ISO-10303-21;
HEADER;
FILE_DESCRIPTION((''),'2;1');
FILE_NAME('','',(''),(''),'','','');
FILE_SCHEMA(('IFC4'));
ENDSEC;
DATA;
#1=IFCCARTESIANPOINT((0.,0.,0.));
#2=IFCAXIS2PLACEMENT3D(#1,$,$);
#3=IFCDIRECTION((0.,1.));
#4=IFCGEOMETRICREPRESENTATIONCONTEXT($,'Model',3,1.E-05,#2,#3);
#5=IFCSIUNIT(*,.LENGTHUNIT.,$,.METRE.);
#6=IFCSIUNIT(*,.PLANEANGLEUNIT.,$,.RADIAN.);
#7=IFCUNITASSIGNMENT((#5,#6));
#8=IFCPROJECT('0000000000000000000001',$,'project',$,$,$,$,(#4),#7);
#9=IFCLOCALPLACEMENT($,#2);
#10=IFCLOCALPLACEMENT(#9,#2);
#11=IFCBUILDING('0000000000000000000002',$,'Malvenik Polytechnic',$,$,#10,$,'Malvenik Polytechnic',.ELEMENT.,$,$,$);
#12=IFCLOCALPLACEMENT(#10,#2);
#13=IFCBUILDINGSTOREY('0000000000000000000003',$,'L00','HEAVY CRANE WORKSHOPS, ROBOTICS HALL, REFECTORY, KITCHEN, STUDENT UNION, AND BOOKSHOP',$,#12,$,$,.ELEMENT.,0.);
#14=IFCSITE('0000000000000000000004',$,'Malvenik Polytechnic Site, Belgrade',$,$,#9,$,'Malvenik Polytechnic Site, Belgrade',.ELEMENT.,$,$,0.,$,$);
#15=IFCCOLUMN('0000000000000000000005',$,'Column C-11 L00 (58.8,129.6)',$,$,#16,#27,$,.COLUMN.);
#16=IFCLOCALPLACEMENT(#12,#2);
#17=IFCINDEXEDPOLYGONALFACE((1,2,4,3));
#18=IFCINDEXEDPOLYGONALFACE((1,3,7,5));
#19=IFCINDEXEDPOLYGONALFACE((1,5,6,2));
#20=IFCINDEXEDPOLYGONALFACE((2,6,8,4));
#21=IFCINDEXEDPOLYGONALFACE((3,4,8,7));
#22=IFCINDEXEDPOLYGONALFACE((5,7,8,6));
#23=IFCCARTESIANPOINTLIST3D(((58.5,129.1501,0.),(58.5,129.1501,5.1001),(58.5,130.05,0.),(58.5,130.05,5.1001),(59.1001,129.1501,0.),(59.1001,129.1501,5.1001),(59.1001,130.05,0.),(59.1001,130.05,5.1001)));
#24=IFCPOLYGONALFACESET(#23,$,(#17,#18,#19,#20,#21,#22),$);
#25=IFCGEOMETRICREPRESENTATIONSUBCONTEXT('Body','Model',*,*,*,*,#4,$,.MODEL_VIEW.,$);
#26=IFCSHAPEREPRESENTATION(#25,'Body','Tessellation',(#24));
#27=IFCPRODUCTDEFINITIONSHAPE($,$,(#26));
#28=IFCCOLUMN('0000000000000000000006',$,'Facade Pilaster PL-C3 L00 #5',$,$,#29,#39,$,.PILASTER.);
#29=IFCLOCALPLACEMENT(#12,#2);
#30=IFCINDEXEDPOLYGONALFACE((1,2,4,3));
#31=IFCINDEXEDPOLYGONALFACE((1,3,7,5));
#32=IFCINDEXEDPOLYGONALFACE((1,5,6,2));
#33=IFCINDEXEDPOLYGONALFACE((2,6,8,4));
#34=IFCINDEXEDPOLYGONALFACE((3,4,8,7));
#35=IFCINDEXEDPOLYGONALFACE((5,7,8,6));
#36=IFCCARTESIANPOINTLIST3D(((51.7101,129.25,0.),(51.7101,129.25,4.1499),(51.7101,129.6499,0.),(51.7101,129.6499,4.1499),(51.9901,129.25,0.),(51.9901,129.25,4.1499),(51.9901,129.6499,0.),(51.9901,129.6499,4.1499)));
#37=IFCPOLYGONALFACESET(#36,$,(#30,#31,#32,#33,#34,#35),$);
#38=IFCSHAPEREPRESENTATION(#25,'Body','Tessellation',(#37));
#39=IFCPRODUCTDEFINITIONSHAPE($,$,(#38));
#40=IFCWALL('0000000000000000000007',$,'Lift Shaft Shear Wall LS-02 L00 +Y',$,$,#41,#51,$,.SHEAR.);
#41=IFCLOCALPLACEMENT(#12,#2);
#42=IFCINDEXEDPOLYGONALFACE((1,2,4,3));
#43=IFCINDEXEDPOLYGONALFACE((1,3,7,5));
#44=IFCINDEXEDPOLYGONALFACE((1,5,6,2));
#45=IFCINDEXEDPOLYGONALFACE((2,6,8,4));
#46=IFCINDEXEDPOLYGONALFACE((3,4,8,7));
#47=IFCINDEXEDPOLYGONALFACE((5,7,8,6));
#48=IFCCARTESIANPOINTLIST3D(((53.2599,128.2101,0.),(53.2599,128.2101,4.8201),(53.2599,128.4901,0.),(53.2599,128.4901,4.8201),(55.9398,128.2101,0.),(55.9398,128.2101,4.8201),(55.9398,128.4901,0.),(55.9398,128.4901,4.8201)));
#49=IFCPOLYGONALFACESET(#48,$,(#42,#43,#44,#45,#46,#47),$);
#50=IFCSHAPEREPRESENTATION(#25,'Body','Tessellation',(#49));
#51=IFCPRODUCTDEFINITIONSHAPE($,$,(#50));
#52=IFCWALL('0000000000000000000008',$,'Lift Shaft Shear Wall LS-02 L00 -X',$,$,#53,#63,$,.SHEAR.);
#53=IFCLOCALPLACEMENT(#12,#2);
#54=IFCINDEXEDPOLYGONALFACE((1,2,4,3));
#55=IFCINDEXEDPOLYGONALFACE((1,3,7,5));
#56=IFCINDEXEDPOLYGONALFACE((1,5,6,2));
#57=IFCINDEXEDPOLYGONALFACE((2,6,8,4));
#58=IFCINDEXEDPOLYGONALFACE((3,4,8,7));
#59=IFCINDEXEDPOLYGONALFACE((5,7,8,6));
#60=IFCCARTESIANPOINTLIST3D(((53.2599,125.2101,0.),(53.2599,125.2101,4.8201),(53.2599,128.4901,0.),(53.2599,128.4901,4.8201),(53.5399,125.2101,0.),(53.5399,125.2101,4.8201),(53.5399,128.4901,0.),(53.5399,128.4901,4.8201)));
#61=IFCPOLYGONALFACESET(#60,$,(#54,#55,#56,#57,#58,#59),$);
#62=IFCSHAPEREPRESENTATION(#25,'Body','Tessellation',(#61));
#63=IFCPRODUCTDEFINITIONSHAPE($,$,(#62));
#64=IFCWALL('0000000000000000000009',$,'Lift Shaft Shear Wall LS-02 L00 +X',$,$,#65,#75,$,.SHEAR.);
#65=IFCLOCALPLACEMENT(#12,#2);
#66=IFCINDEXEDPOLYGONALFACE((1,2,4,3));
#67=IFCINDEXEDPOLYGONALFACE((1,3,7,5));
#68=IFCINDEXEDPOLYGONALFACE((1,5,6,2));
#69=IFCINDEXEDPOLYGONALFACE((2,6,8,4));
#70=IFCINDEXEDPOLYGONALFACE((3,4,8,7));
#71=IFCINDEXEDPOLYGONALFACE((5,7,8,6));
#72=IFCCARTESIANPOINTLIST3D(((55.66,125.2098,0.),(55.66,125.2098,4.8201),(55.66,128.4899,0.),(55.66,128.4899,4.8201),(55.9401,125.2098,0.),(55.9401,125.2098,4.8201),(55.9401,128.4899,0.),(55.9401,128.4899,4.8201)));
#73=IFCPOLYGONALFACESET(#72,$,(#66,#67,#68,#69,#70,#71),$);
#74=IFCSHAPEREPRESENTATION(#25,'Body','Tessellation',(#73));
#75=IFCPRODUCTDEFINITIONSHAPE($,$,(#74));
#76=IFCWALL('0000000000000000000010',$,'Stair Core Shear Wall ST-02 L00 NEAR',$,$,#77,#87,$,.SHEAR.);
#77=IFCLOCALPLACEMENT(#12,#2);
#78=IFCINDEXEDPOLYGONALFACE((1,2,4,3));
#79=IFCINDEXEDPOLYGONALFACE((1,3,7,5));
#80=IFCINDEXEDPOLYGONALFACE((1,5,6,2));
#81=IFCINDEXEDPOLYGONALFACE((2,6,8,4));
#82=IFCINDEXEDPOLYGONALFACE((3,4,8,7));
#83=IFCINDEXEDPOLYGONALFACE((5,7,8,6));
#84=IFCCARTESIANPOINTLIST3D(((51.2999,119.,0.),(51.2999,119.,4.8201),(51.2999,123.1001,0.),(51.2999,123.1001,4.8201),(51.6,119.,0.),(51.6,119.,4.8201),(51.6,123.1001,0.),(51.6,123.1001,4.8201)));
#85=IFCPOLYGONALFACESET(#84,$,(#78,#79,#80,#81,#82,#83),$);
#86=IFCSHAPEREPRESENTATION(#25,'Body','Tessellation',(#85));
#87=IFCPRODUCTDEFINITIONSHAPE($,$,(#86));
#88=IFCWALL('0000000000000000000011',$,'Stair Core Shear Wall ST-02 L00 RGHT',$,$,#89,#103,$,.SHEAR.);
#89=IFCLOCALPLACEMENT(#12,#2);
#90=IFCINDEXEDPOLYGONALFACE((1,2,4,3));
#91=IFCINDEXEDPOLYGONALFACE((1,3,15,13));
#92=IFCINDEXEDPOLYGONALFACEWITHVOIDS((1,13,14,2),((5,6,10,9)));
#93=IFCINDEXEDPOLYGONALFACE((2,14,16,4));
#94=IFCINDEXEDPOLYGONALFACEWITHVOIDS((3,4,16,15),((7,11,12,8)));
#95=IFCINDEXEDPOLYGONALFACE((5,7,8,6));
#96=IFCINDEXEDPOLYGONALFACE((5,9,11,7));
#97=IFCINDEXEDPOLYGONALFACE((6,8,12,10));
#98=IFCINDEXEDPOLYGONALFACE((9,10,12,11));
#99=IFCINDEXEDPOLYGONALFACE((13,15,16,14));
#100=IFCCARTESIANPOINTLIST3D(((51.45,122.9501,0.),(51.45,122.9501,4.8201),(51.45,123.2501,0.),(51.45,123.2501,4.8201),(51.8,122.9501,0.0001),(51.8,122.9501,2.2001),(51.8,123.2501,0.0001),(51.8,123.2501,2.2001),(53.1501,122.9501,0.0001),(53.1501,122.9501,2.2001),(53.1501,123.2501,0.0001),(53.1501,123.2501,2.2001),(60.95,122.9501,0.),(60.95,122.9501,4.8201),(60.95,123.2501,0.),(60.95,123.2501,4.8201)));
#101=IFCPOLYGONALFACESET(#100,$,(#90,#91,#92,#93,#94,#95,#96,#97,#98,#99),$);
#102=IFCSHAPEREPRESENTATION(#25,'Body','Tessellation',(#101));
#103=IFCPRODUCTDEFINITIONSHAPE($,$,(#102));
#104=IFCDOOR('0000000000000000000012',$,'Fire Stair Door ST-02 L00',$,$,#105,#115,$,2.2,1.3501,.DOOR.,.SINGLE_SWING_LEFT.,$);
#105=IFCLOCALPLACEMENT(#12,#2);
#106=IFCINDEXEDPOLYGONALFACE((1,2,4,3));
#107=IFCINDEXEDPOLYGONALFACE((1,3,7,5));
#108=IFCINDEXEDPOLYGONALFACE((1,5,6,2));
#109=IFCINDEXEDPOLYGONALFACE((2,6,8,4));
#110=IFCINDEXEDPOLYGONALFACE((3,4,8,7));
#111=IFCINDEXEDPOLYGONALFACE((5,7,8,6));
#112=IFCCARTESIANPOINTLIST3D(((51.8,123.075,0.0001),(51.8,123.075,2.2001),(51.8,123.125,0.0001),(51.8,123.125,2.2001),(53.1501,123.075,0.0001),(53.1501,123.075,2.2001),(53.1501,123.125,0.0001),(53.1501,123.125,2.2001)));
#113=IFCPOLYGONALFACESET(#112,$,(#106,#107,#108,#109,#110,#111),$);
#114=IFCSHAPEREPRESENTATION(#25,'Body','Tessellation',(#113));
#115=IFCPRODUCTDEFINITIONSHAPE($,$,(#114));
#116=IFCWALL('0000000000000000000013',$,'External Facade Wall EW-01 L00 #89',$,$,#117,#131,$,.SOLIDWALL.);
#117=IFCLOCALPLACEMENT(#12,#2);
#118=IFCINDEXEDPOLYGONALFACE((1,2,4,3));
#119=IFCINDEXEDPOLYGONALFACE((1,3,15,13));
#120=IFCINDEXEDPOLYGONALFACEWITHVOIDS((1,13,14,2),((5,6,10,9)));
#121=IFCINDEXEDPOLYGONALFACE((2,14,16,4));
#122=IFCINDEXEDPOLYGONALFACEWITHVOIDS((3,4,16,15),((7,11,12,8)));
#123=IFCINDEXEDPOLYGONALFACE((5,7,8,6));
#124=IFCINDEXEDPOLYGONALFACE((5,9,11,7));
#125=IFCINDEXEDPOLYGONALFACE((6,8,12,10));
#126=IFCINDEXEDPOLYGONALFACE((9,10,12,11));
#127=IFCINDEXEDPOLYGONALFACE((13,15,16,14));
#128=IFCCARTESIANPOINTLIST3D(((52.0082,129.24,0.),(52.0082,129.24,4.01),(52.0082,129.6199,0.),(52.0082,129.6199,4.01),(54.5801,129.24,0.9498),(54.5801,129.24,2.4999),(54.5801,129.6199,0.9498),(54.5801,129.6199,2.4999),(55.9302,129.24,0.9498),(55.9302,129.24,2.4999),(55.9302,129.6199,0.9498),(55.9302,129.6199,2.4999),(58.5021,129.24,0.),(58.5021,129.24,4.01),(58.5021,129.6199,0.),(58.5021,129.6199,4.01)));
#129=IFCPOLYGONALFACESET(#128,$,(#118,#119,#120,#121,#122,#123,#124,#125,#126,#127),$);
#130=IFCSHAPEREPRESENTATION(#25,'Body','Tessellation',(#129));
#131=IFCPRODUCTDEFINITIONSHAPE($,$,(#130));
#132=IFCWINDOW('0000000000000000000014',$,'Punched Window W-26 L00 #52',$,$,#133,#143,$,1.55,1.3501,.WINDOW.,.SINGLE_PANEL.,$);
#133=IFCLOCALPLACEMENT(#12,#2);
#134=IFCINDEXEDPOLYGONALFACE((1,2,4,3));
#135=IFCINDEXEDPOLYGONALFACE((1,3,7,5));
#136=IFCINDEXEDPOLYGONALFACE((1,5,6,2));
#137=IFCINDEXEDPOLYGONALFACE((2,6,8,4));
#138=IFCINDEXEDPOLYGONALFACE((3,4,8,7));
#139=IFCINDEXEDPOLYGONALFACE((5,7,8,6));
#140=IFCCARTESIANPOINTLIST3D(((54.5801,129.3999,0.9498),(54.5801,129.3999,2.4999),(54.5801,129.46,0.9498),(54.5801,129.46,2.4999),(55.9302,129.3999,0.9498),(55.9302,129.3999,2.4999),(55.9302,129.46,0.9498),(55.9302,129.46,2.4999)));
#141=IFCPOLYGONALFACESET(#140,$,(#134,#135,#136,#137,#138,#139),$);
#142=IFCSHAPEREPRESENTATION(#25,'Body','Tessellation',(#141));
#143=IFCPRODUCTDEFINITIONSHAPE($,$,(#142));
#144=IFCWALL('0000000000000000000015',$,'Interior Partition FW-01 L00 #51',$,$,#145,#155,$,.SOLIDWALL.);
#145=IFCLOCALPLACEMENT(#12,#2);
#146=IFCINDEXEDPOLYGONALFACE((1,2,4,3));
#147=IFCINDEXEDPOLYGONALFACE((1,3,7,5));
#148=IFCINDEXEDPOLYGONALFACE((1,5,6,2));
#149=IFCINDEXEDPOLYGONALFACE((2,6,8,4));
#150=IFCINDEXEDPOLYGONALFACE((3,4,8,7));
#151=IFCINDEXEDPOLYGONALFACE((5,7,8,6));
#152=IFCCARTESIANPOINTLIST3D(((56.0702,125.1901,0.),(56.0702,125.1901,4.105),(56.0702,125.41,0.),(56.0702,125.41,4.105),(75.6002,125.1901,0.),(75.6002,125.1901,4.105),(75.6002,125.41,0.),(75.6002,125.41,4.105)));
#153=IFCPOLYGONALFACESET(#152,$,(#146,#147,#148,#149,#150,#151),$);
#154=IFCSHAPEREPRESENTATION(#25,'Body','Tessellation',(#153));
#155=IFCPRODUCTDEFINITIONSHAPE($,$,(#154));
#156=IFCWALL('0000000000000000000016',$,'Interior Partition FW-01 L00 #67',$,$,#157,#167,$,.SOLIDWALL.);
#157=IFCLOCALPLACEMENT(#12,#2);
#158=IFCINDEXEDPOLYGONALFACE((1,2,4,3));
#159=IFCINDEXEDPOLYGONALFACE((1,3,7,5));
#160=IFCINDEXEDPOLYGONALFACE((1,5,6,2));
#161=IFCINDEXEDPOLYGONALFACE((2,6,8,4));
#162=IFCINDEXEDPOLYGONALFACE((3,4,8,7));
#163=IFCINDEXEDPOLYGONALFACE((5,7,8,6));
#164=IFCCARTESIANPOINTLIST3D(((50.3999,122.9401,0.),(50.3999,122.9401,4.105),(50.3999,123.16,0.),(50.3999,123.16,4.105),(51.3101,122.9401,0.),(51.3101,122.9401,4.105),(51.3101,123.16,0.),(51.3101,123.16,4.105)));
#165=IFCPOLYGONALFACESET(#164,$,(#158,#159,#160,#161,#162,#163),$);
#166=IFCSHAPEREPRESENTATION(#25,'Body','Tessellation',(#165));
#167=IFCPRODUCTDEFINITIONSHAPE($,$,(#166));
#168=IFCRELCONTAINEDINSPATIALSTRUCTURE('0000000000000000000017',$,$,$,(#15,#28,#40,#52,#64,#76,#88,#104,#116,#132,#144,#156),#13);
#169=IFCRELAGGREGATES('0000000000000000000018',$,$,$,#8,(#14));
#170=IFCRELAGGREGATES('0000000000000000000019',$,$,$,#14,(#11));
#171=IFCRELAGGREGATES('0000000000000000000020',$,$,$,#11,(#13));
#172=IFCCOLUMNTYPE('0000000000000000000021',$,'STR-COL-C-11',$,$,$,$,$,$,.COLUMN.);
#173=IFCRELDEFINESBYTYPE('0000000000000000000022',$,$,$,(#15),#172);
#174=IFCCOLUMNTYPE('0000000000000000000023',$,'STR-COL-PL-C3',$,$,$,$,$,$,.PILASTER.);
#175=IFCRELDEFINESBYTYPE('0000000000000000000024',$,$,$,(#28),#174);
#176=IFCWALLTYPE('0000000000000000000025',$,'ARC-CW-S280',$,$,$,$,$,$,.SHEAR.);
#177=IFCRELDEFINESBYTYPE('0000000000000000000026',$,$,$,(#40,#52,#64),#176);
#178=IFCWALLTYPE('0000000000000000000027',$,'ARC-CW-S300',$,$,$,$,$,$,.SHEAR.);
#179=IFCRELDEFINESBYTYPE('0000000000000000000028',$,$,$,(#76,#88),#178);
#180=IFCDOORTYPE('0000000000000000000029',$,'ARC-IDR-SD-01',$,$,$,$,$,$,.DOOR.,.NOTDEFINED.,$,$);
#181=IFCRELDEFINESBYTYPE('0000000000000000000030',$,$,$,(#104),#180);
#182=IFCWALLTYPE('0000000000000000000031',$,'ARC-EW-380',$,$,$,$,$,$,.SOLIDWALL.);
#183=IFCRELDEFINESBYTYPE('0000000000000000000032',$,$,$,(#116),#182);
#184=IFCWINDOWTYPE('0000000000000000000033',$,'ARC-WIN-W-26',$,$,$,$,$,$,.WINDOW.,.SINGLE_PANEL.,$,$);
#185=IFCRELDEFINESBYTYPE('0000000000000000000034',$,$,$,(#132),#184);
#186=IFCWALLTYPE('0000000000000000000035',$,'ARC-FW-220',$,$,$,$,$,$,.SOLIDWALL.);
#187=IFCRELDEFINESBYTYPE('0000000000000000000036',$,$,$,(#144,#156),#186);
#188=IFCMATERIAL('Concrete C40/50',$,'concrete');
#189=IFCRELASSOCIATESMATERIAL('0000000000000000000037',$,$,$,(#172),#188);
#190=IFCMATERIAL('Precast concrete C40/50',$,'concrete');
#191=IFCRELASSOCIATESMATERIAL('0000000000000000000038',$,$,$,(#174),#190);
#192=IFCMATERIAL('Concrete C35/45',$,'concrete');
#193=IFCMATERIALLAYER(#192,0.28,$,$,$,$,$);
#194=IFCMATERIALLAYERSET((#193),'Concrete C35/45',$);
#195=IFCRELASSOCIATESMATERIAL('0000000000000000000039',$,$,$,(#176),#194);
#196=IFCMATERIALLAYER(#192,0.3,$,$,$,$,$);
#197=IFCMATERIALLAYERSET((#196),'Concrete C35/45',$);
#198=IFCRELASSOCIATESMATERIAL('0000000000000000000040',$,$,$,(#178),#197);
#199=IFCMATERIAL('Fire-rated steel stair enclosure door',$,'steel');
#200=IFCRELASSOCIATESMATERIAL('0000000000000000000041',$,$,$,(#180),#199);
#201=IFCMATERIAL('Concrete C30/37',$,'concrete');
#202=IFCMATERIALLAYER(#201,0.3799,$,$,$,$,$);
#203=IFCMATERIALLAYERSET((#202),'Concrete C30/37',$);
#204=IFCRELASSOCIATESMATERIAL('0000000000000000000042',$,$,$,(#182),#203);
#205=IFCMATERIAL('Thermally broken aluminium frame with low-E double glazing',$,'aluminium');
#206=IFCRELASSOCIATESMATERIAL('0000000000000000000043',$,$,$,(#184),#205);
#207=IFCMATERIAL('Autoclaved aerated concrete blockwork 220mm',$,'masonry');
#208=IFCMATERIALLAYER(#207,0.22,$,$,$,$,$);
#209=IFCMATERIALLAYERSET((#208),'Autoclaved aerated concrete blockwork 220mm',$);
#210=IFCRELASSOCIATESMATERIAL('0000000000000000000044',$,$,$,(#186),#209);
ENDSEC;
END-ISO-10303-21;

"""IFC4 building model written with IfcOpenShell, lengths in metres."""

from ifc_helpers import new_model, si_unit, direction, frame, frame_2d, origin, origin_2d, place, context, subcontext, project, spatial, rectangle, extrude, material, layer, layer_set, material_profile, profile_set, type_object, element, fill, save


model = new_model("IFC4")

# Units and contexts
model_context = context("Model", 3, precision=1e-05, world=origin(), true_north=direction((0.0, 1.0)))
body_context = subcontext(model_context, "Body", "Model", "MODEL_VIEW")
ifc_project = project(units=[si_unit("LENGTHUNIT", "METRE"), si_unit("PLANEANGLEUNIT", "RADIAN")], contexts=[model_context])

# Site, building, storey
site_placement = place(None, origin())
site = spatial("IfcSite", under=ifc_project, at=site_placement, Name="Malvenik Polytechnic Site, Belgrade", LongName="Malvenik Polytechnic Site, Belgrade", CompositionType="ELEMENT", RefElevation=0.0)
building_placement = place(site_placement, origin())
building = spatial("IfcBuilding", under=site, at=building_placement, Name="Malvenik Polytechnic", LongName="Malvenik Polytechnic", CompositionType="ELEMENT")
storey_placement = place(building_placement, origin())
storey = spatial("IfcBuildingStorey", under=building, at=storey_placement, Name="L00", Description="HEAVY CRANE WORKSHOPS, ROBOTICS HALL, REFECTORY, KITCHEN, STUDENT UNION, AND BOOKSHOP", CompositionType="ELEMENT", Elevation=0.0)

# Columns
ifc_material_1 = material(Name="Concrete C40/50", Category="concrete")
ifc_material_profile_1 = material_profile(ifc_material_1, rectangle(XDim=0.6001, YDim=0.8999, at=origin_2d()), Name="RC COL 900x600")
ifc_profile_set_1 = profile_set([ifc_material_profile_1], Name="Concrete C40/50")
column_type_1 = type_object("IfcColumnType", Name="STR-COL-C-11", PredefinedType="COLUMN", material=ifc_profile_set_1)
column_1_placement = place(storey_placement, frame((58.8, 129.6001, 0.0), z_axis=(0.0, 0.0, 1.0), x_axis=(1.0, 0.0, 0.0)))
element("IfcColumn", 1, at=column_1_placement, inside=storey, type_object=column_type_1, Name="Column C-11 L00 (58.8,129.6)", PredefinedType="COLUMN", context=body_context, shape_type="SweptSolid", body=[
    extrude(rectangle(XDim=0.6001, YDim=0.8999, at=origin_2d()), origin(), (0.0, 0.0, 1.0), 5.1001),
])
ifc_material_2 = material(Name="Precast concrete C40/50", Category="concrete")
ifc_material_profile_2 = material_profile(ifc_material_2, rectangle(XDim=0.28, YDim=0.3999, at=origin_2d()), Name="RC PIL 400x280")
ifc_profile_set_2 = profile_set([ifc_material_profile_2], Name="Precast concrete C40/50")
column_type_2 = type_object("IfcColumnType", Name="STR-COL-PL-C3", PredefinedType="PILASTER", material=ifc_profile_set_2)
column_2_placement = place(storey_placement, frame((51.8501, 129.45, 0.0), z_axis=(0.0, 0.0, 1.0), x_axis=(1.0, 0.0, 0.0)))
element("IfcColumn", 2, at=column_2_placement, inside=storey, type_object=column_type_2, Name="Facade Pilaster PL-C3 L00 #5", PredefinedType="PILASTER", context=body_context, shape_type="SweptSolid", body=[
    extrude(rectangle(XDim=0.28, YDim=0.3999, at=origin_2d()), origin(), (0.0, 0.0, 1.0), 4.1499),
])

# Shared definitions
ifc_material_3 = material(Name="Concrete C35/45", Category="concrete")
ifc_layer_1 = layer(ifc_material_3, 0.28)
ifc_layer_set_1 = layer_set([ifc_layer_1], Name="Concrete C35/45")
wall_type_1 = type_object("IfcWallType", Name="ARC-CW-S280", PredefinedType="SHEAR", material=ifc_layer_set_1)

# Walls
wall_1_placement = place(storey_placement, frame((53.26, 128.3501, 0.0), z_axis=(0.0, 0.0, 1.0), x_axis=(1.0, 0.0, 0.0)))
element("IfcWall", 3, at=wall_1_placement, inside=storey, type_object=wall_type_1, Name="Lift Shaft Shear Wall LS-02 L00 +Y", PredefinedType="SHEAR", context=body_context, shape_type="SweptSolid", body=[
    extrude(rectangle(XDim=2.6799, YDim=0.28, at=frame_2d((1.3398, 0.0))), origin(), (0.0, 0.0, 1.0), 4.8201),
])
for number, where, z_axis, x_axis, name in (
    (4, (53.3999, 125.21, 0.0), (0.0, 0.0, 1.0), (0.0, 1.0, 0.0), "Lift Shaft Shear Wall LS-02 L00 -X"),
    (5, (55.8, 128.49, 0.0), (0.0, 0.0, 1.0), (0.0, -1.0, 0.0), "Lift Shaft Shear Wall LS-02 L00 +X"),
):
    element("IfcWall", number, at=place(storey_placement, frame(where, z_axis=z_axis, x_axis=x_axis)), inside=storey, type_object=wall_type_1, Name=name, PredefinedType="SHEAR", context=body_context, shape_type="SweptSolid", body=[
        extrude(rectangle(XDim=3.28, YDim=0.28, at=frame_2d((1.6401, 0.0))), origin(), (0.0, 0.0, 1.0), 4.8201),
    ])
ifc_layer_2 = layer(ifc_material_3, 0.3)
ifc_layer_set_2 = layer_set([ifc_layer_2], Name="Concrete C35/45")
wall_type_2 = type_object("IfcWallType", Name="ARC-CW-S300", PredefinedType="SHEAR", material=ifc_layer_set_2)
wall_2_placement = place(storey_placement, frame((51.45, 119.0, 0.0), z_axis=(0.0, 0.0, 1.0), x_axis=(0.0, 1.0, 0.0)))
element("IfcWall", 6, at=wall_2_placement, inside=storey, type_object=wall_type_2, Name="Stair Core Shear Wall ST-02 L00 NEAR", PredefinedType="SHEAR", context=body_context, shape_type="SweptSolid", body=[
    extrude(rectangle(XDim=4.1001, YDim=0.3, at=frame_2d((2.05, 0.0))), origin(), (0.0, 0.0, 1.0), 4.8201),
])

# Wall, opening, door
wall_3_placement = place(storey_placement, frame((51.45, 123.1001, 0.0), z_axis=(0.0, 0.0, 1.0), x_axis=(1.0, 0.0, 0.0)))
wall_3 = element("IfcWall", 7, at=wall_3_placement, inside=storey, type_object=wall_type_2, Name="Stair Core Shear Wall ST-02 L00 RGHT", PredefinedType="SHEAR", context=body_context, shape_type="SweptSolid", body=[
    extrude(rectangle(XDim=9.5, YDim=0.3, at=frame_2d((4.75, 0.0))), origin(), (0.0, 0.0, 1.0), 4.8201),
])
opening_1_placement = place(wall_3_placement, frame((0.3501, 0.0, 0.0)))
opening_1 = element("IfcOpeningElement", 8, at=opening_1_placement, cuts=wall_3, PredefinedType="OPENING", context=body_context, shape_type="SweptSolid", body=[
    extrude(rectangle(XDim=1.3501, YDim=2.2, at=frame_2d((0.675, 1.1001))), frame((0.0, 0.1602, 0.0), z_axis=(0.0, -1.0, 0.0), x_axis=(1.0, 0.0, 0.0)), (0.0, 0.0, 1.0), 0.3201),
])
ifc_material_4 = material(Name="Fire-rated steel stair enclosure door", Category="steel")
door_type_1 = type_object("IfcDoorType", Name="ARC-IDR-SD-01", OperationType="NOTDEFINED", PredefinedType="DOOR", material=ifc_material_4)
door_1_placement = place(opening_1_placement, origin())
door_1 = element("IfcDoor", 9, at=door_1_placement, inside=storey, type_object=door_type_1, Name="Fire Stair Door ST-02 L00", OperationType="SINGLE_SWING_LEFT", OverallHeight=2.2, OverallWidth=1.3501, PredefinedType="DOOR", context=body_context, shape_type="SweptSolid", body=[
    extrude(rectangle(XDim=1.3501, YDim=2.2, at=frame_2d((0.675, 1.1001))), frame((0.0, 0.0249, 0.0), z_axis=(0.0, -1.0, 0.0), x_axis=(1.0, 0.0, 0.0)), (0.0, 0.0, 1.0), 0.05),
])
fill(opening_1, door_1)

# Wall, opening, window
ifc_material_5 = material(Name="Concrete C30/37", Category="concrete")
ifc_layer_3 = layer(ifc_material_5, 0.3799)
ifc_layer_set_3 = layer_set([ifc_layer_3], Name="Concrete C30/37")
wall_type_3 = type_object("IfcWallType", Name="ARC-EW-380", PredefinedType="SOLIDWALL", material=ifc_layer_set_3)
wall_4_placement = place(storey_placement, frame((52.0081, 129.4299, 0.0), z_axis=(0.0, 0.0, 1.0), x_axis=(1.0, 0.0, 0.0)))
wall_4 = element("IfcWall", 10, at=wall_4_placement, inside=storey, type_object=wall_type_3, Name="External Facade Wall EW-01 L00 #89", PredefinedType="SOLIDWALL", context=body_context, shape_type="SweptSolid", body=[
    extrude(rectangle(XDim=6.4939, YDim=0.3799, at=frame_2d((3.2471, 0.0))), origin(), (0.0, 0.0, 1.0), 4.01),
])
opening_2_placement = place(wall_4_placement, frame((2.572, 0.0, 0.95)))
opening_2 = element("IfcOpeningElement", 11, at=opening_2_placement, cuts=wall_4, PredefinedType="OPENING", context=body_context, shape_type="SweptSolid", body=[
    extrude(rectangle(XDim=1.3501, YDim=1.55, at=frame_2d((0.675, 0.7749))), frame((0.0, 0.2, 0.0), z_axis=(0.0, -1.0, 0.0), x_axis=(1.0, 0.0, 0.0)), (0.0, 0.0, 1.0), 0.3999),
])
ifc_material_6 = material(Name="Thermally broken aluminium frame with low-E double glazing", Category="aluminium")
window_type = type_object("IfcWindowType", Name="ARC-WIN-W-26", PartitioningType="SINGLE_PANEL", PredefinedType="WINDOW", material=ifc_material_6)
window_placement = place(opening_2_placement, origin())
window = element("IfcWindow", 12, at=window_placement, inside=storey, type_object=window_type, Name="Punched Window W-26 L00 #52", OverallHeight=1.55, OverallWidth=1.3501, PartitioningType="SINGLE_PANEL", PredefinedType="WINDOW", context=body_context, shape_type="SweptSolid", body=[
    extrude(rectangle(XDim=1.3501, YDim=1.55, at=frame_2d((0.675, 0.7749))), frame((0.0, 0.03, 0.0), z_axis=(0.0, -1.0, 0.0), x_axis=(1.0, 0.0, 0.0)), (0.0, 0.0, 1.0), 0.0601),
])
fill(opening_2, window)

# Walls
ifc_material_7 = material(Name="Autoclaved aerated concrete blockwork 220mm", Category="masonry")
ifc_layer_4 = layer(ifc_material_7, 0.22)
ifc_layer_set_4 = layer_set([ifc_layer_4], Name="Autoclaved aerated concrete blockwork 220mm")
wall_type_4 = type_object("IfcWallType", Name="ARC-FW-220", PredefinedType="SOLIDWALL", material=ifc_layer_set_4)
wall_5_placement = place(storey_placement, frame((56.0701, 125.3, 0.0), z_axis=(0.0, 0.0, 1.0), x_axis=(1.0, 0.0, 0.0)))
element("IfcWall", 13, at=wall_5_placement, inside=storey, type_object=wall_type_4, Name="Interior Partition FW-01 L00 #51", PredefinedType="SOLIDWALL", context=body_context, shape_type="SweptSolid", body=[
    extrude(rectangle(XDim=19.53, YDim=0.22, at=frame_2d((9.7651, 0.0))), origin(), (0.0, 0.0, 1.0), 4.105),
])
wall_6_placement = place(storey_placement, frame((51.3101, 123.05, 0.0), z_axis=(0.0, 0.0, 1.0), x_axis=(-1.0, 0.0, 0.0)))
element("IfcWall", 14, at=wall_6_placement, inside=storey, type_object=wall_type_4, Name="Interior Partition FW-01 L00 #67", PredefinedType="SOLIDWALL", context=body_context, shape_type="SweptSolid", body=[
    extrude(rectangle(XDim=0.9102, YDim=0.22, at=frame_2d((0.4551, 0.0))), origin(), (0.0, 0.0, 1.0), 4.105),
])

save(model, "model.ifc")
